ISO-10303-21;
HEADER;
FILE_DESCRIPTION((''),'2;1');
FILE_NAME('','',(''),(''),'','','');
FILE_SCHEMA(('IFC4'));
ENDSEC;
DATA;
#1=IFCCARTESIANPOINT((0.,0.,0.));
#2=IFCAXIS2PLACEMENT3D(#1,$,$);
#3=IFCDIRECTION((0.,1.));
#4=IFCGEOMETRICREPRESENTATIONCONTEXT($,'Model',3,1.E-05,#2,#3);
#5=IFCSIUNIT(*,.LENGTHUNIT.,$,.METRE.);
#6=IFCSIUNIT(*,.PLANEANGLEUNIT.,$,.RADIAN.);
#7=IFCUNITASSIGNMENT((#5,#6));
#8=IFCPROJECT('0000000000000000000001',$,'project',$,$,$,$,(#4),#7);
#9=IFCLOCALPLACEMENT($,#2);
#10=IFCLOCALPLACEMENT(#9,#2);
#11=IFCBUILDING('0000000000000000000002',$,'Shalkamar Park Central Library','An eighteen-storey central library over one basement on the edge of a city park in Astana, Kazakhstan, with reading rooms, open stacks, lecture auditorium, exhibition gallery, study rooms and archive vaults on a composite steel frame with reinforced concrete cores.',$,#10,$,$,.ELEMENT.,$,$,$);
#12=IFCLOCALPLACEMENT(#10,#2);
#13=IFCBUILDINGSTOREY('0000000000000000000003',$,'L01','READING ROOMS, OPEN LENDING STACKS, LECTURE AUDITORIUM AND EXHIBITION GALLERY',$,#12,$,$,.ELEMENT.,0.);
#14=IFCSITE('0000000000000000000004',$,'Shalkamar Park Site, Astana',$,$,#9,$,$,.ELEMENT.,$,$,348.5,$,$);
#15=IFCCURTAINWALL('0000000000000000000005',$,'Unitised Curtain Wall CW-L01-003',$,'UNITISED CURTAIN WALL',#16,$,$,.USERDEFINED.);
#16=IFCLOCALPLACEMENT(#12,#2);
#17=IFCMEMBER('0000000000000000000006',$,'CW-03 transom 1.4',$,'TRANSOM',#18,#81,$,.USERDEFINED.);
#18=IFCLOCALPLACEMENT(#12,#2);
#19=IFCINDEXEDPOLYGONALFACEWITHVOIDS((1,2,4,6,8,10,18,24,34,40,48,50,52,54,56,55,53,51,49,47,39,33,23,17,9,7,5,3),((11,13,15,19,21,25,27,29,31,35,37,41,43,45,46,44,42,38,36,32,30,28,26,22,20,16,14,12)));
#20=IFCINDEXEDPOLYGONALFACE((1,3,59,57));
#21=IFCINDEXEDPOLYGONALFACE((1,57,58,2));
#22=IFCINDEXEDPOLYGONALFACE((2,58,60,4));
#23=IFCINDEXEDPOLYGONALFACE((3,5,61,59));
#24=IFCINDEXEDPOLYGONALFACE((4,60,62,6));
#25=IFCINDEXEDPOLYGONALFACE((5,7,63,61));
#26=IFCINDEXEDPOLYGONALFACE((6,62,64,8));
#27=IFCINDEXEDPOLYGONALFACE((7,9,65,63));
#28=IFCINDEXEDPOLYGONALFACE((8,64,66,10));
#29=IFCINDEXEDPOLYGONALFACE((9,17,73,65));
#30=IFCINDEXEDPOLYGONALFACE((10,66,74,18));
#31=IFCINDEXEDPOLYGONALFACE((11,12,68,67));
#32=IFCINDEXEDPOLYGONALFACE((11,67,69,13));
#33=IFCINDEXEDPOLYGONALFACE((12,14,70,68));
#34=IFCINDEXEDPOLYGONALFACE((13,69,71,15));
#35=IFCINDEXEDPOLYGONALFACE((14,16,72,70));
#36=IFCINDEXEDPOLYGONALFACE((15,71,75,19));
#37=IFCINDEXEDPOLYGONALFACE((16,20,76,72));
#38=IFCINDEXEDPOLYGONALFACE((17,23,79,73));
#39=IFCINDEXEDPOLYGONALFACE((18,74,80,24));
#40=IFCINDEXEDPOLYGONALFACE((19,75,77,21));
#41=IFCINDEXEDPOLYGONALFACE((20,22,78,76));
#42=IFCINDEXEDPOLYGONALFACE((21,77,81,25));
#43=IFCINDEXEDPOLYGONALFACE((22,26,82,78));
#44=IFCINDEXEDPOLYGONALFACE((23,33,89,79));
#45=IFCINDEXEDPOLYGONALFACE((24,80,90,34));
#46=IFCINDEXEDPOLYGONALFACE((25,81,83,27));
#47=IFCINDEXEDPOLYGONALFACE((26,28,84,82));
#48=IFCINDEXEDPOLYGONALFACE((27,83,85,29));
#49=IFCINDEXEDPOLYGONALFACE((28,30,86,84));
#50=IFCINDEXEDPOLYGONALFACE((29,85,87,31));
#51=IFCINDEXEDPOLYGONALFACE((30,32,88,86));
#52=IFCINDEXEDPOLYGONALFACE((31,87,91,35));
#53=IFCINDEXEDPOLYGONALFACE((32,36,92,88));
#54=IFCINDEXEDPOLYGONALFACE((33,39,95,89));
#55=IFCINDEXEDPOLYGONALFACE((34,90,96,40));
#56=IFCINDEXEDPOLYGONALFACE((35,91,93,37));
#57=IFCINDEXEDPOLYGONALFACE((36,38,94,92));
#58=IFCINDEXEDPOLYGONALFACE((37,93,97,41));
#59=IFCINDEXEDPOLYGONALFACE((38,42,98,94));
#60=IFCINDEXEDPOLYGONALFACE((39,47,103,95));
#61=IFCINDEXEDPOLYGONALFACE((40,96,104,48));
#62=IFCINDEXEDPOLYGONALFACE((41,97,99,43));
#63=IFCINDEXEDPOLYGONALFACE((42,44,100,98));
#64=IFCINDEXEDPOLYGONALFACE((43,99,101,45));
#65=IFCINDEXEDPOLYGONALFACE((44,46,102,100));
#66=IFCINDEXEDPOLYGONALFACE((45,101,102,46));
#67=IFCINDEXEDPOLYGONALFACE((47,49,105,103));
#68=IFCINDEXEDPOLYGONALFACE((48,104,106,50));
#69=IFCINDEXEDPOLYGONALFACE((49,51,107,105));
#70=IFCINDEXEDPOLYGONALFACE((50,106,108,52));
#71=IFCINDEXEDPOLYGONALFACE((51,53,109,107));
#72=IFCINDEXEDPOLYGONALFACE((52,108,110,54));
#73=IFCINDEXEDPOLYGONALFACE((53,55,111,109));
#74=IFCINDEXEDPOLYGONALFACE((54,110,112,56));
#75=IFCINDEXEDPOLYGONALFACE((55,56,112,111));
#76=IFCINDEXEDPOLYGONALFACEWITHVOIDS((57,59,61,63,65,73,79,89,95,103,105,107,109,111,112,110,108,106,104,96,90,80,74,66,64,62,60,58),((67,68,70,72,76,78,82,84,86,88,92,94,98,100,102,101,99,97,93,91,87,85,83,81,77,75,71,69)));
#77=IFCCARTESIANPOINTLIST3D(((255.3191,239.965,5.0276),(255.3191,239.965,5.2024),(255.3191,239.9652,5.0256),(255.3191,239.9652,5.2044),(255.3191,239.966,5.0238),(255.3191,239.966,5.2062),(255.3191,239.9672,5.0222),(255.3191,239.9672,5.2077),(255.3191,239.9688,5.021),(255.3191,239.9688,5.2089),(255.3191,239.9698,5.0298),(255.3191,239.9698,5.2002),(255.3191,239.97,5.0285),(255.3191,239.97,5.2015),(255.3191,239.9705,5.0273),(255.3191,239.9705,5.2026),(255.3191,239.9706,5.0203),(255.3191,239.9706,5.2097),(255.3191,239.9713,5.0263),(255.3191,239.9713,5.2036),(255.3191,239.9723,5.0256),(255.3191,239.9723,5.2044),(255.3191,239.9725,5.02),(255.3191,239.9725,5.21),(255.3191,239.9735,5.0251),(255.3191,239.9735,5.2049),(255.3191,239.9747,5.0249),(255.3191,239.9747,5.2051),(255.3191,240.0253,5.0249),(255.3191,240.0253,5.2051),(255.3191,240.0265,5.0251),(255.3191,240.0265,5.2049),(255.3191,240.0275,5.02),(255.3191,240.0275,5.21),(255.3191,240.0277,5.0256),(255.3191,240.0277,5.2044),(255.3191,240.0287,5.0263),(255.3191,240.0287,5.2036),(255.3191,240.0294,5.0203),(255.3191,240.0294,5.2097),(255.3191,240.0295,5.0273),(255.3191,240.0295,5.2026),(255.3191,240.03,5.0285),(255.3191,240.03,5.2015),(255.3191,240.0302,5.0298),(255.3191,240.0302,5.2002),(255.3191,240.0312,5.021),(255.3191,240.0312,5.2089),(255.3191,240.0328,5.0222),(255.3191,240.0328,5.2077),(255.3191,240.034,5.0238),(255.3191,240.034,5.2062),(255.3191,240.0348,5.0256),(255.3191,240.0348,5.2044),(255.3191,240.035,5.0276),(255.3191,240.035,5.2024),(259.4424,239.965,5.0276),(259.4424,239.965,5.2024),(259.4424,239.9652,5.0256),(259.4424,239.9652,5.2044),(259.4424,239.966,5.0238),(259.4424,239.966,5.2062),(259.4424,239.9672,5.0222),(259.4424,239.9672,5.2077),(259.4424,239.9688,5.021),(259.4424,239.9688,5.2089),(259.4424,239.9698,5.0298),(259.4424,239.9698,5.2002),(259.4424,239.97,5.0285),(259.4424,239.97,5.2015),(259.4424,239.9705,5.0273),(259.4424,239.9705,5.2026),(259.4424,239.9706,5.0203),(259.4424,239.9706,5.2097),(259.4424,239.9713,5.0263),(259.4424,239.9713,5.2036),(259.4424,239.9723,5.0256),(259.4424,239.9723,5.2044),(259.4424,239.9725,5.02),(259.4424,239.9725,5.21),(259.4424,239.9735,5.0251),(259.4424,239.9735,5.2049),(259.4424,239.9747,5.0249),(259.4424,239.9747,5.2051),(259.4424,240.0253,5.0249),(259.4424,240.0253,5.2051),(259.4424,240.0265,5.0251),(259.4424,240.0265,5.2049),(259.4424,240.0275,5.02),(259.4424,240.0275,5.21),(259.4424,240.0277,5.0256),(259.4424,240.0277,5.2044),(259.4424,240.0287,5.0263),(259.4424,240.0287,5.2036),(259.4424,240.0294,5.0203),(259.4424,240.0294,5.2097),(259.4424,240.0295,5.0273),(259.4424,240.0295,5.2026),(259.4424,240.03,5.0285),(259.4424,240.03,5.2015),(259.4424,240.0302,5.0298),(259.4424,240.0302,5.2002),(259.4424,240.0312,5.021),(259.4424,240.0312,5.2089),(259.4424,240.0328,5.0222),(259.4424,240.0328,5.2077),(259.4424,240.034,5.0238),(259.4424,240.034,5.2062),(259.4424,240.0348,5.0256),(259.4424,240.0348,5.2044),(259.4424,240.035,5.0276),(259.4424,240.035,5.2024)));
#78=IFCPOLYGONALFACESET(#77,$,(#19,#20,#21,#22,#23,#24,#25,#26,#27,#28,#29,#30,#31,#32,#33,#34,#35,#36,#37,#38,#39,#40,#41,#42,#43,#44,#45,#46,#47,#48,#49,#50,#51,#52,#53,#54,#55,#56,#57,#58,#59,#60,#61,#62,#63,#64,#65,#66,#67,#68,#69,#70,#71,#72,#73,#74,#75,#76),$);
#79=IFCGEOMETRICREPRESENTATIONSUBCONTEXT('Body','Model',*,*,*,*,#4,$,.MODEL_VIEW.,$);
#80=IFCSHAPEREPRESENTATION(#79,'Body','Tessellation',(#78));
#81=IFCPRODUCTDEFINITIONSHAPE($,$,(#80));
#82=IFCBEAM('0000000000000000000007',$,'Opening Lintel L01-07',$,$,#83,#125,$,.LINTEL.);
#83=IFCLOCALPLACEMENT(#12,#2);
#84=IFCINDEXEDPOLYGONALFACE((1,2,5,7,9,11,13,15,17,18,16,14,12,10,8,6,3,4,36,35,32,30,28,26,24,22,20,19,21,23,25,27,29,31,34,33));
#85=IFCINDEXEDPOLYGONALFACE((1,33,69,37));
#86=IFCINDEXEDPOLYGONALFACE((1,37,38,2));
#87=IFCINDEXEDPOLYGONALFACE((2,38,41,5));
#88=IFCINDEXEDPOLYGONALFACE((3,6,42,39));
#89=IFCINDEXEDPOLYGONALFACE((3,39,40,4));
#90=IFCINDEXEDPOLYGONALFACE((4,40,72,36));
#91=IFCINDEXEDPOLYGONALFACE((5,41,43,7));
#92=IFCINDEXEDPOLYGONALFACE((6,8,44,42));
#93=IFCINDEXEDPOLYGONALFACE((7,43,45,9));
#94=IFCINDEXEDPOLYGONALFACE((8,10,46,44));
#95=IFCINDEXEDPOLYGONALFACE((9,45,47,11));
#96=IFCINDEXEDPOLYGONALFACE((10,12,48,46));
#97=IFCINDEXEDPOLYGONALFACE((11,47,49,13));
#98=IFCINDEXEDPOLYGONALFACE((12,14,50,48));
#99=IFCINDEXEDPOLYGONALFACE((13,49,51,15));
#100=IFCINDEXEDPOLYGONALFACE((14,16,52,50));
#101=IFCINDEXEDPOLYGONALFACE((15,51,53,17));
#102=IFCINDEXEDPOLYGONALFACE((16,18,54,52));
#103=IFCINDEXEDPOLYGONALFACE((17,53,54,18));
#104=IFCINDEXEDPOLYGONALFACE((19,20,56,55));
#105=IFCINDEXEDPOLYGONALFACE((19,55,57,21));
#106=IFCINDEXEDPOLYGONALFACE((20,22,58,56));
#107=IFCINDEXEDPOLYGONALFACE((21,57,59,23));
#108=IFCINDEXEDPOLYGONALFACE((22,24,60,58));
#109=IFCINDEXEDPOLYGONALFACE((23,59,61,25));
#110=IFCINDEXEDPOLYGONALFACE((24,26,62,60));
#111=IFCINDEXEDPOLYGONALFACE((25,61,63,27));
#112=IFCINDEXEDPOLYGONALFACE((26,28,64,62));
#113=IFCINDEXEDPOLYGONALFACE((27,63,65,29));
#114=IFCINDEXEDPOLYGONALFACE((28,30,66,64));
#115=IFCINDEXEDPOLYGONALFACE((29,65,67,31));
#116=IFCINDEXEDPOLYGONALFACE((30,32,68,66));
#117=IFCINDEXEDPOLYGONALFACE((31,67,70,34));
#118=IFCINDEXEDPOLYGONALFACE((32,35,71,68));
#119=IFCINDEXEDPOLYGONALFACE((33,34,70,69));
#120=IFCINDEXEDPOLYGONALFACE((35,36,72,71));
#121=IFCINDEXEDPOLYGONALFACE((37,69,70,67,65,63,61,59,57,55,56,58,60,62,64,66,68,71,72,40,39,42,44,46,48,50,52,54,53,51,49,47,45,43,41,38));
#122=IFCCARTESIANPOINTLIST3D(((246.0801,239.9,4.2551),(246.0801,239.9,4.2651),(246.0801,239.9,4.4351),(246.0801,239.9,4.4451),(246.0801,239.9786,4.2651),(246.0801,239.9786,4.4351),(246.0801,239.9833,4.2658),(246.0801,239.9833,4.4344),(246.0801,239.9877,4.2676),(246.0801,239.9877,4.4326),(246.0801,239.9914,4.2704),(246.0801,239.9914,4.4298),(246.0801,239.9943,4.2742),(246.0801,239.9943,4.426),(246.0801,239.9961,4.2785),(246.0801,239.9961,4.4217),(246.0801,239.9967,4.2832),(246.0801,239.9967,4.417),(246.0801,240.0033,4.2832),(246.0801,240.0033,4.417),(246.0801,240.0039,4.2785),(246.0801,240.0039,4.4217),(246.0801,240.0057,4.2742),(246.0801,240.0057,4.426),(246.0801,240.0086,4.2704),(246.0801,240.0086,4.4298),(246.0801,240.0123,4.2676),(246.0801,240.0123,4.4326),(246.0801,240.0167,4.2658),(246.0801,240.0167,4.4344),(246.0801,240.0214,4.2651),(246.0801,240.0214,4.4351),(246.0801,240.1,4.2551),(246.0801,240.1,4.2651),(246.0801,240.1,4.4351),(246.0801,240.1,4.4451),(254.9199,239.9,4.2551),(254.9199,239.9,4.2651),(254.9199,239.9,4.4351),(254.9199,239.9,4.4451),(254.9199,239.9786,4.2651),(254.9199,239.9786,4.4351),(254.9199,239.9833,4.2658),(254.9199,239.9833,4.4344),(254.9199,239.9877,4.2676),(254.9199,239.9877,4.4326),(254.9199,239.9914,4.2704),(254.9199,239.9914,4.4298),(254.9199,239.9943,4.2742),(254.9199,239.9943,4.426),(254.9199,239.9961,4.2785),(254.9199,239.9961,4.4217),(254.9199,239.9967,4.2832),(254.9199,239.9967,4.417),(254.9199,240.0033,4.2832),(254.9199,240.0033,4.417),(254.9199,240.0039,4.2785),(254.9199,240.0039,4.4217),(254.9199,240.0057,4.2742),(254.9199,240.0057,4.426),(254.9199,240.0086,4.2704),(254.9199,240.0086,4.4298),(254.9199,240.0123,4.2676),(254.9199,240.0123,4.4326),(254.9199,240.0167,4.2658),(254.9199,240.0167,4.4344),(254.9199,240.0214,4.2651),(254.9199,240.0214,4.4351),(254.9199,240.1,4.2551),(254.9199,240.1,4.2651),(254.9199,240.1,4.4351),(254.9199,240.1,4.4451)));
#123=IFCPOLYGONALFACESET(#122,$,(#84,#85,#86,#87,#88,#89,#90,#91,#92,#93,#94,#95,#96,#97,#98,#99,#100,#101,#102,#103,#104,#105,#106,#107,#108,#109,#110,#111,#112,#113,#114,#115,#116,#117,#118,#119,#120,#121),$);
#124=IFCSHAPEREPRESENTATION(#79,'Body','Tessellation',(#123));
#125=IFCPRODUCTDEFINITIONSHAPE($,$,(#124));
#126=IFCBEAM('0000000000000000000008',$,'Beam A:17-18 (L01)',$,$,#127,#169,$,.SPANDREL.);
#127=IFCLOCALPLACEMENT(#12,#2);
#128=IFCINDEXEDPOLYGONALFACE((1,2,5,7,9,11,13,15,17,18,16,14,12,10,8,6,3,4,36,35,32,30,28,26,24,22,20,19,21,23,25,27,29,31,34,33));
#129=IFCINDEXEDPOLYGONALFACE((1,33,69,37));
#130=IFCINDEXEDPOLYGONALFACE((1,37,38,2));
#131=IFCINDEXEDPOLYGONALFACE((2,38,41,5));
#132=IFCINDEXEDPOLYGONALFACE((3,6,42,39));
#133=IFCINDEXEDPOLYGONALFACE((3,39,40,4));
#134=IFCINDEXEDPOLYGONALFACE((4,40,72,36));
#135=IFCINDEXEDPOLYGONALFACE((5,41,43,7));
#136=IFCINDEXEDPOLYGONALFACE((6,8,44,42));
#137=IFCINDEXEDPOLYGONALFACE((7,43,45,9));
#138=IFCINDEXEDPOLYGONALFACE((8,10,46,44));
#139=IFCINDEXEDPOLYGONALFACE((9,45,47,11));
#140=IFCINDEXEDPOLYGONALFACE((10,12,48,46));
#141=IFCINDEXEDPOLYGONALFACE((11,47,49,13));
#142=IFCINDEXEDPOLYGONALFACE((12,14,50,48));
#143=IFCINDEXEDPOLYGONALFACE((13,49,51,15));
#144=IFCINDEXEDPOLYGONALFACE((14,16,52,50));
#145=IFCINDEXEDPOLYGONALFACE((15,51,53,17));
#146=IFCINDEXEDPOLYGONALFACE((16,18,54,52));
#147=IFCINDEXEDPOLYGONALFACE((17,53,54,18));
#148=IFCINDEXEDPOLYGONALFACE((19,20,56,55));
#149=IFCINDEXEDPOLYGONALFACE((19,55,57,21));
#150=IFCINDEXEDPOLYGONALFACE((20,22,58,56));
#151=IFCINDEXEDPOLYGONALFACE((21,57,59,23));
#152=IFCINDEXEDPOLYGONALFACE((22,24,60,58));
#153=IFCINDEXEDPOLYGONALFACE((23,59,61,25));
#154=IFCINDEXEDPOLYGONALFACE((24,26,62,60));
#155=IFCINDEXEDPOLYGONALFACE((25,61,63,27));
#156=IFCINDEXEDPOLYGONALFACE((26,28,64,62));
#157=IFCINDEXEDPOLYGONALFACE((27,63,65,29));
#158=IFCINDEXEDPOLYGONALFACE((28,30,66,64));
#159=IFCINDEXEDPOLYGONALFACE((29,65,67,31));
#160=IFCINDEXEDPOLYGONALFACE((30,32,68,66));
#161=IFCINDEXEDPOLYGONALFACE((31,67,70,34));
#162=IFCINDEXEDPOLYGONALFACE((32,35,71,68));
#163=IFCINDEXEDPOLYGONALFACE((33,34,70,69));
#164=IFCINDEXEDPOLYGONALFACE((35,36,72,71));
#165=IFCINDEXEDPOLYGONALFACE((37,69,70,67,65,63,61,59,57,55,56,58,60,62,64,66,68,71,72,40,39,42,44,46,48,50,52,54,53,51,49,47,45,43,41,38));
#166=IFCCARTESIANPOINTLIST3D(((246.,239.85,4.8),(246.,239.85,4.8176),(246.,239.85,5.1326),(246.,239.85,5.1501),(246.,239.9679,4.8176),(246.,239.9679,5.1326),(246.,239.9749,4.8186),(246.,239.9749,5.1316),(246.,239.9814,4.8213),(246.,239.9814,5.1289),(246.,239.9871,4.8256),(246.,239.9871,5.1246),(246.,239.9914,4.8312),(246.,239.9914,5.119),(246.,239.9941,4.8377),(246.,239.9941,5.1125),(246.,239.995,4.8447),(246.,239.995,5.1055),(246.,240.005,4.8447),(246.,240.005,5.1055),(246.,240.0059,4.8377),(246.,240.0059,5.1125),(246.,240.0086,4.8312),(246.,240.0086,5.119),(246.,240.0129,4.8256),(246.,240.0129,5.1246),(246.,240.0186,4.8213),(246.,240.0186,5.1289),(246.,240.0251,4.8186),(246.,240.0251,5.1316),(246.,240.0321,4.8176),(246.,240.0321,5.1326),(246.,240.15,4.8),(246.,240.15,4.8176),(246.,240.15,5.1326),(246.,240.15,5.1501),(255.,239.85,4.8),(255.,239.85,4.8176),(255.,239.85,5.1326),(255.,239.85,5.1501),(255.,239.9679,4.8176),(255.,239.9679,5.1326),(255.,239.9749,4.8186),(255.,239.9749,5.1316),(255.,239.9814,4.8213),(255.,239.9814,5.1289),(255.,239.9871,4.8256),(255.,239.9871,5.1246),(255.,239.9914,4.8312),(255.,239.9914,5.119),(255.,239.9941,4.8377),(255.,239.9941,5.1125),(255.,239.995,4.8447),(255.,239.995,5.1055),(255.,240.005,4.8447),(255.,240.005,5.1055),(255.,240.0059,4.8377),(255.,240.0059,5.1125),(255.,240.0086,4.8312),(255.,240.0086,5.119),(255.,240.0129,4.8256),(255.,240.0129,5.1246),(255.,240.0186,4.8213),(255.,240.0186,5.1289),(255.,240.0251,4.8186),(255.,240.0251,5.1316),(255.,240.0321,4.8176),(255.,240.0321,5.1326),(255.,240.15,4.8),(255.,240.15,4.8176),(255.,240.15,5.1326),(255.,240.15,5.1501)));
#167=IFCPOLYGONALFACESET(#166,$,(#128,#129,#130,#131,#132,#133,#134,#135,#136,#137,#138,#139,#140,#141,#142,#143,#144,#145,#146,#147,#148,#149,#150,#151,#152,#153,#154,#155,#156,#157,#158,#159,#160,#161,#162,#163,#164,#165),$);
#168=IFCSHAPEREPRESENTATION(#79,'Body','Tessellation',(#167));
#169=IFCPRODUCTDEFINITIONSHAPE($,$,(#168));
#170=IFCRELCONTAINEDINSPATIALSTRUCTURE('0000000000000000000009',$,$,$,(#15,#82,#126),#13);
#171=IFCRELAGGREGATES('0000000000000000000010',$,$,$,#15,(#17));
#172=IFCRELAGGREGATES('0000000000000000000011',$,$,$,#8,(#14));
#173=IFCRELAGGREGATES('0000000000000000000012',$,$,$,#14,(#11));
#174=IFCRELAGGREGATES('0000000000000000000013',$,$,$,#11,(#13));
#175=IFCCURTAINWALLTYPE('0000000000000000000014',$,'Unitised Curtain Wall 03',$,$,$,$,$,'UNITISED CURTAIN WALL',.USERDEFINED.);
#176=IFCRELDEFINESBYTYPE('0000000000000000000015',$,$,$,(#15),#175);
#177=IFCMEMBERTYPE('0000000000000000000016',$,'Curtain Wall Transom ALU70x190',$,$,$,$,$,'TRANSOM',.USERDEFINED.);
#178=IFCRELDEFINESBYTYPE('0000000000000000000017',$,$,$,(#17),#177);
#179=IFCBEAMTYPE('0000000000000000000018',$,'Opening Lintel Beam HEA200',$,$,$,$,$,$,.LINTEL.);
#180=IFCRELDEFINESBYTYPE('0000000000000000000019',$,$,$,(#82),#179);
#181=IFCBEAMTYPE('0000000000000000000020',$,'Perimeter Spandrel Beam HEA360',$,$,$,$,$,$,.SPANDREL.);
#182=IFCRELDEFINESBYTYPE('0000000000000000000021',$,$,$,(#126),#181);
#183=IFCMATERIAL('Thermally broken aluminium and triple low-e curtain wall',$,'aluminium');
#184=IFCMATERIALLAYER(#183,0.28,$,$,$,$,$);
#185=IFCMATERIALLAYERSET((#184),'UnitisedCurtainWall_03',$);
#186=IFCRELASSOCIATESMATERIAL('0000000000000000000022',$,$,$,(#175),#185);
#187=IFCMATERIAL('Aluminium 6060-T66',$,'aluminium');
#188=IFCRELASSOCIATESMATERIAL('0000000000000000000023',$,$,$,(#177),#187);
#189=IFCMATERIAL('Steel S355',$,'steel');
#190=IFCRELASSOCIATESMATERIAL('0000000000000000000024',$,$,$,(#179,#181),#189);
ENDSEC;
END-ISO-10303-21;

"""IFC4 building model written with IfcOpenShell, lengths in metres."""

from ifc_helpers import new_model, si_unit, direction, frame, origin, origin_2d, place, context, subcontext, project, spatial, hollow_rectangle, i_section, extrude, material, layer, layer_set, material_profile, profile_set, type_object, element, aggregate, save


model = new_model("IFC4")

# Units and contexts
model_context = context("Model", 3, precision=1e-05, world=origin(), true_north=direction((0.0, 1.0)))
body_context = subcontext(model_context, "Body", "Model", "MODEL_VIEW")
ifc_project = project(units=[si_unit("LENGTHUNIT", "METRE"), si_unit("PLANEANGLEUNIT", "RADIAN")], contexts=[model_context])

# Site, building, storey
site_placement = place(None, origin())
site = spatial("IfcSite", under=ifc_project, at=site_placement, Name="Shalkamar Park Site, Astana", CompositionType="ELEMENT", RefElevation=348.5)
building_placement = place(site_placement, origin())
building = spatial("IfcBuilding", under=site, at=building_placement, Name="Shalkamar Park Central Library", Description="An eighteen-storey central library over one basement on the edge of a city park in Astana, Kazakhstan, with reading rooms, open stacks, lecture auditorium, exhibition gallery, study rooms and archive vaults on a composite steel frame with reinforced concrete cores.", CompositionType="ELEMENT")
storey_placement = place(building_placement, origin())
storey = spatial("IfcBuildingStorey", under=building, at=storey_placement, Name="L01", Description="READING ROOMS, OPEN LENDING STACKS, LECTURE AUDITORIUM AND EXHIBITION GALLERY", CompositionType="ELEMENT", Elevation=0.0)

# Shared definitions
ifc_material_1 = material(Name="Steel S355", Category="steel")

# Shared definitions
ifc_material_2 = material(Name="Thermally broken aluminium and triple low-e curtain wall", Category="aluminium")
ifc_material_3 = material(Name="Aluminium 6060-T66", Category="aluminium")

# Curtain wall
ifc_layer_1 = layer(ifc_material_2, 0.28)
ifc_layer_set_1 = layer_set([ifc_layer_1], Name="UnitisedCurtainWall_03")
curtain_wall_type_1 = type_object("IfcCurtainWallType", Name="Unitised Curtain Wall 03", ElementType="UNITISED CURTAIN WALL", PredefinedType="USERDEFINED", material=ifc_layer_set_1)
curtain_wall_1_placement = place(storey_placement, origin())
curtain_wall_1 = element("IfcCurtainWall", 1, at=curtain_wall_1_placement, inside=storey, type_object=curtain_wall_type_1, Name="Unitised Curtain Wall CW-L01-003", ObjectType="UNITISED CURTAIN WALL", PredefinedType="USERDEFINED")

# Member
ifc_material_profile_1 = material_profile(ifc_material_3, hollow_rectangle(XDim=0.0701, YDim=0.1899, WallThickness=0.0049, InnerFilletRadius=0.0049, OuterFilletRadius=0.0076, at=origin_2d()), Name="ALU 70x190x5")
ifc_profile_set_1 = profile_set([ifc_material_profile_1], Name="Aluminium 6060-T66")
member_type_1 = type_object("IfcMemberType", Name="Curtain Wall Transom ALU70x190", ElementType="TRANSOM", PredefinedType="USERDEFINED", material=ifc_profile_set_1)
member_1_placement = place(storey_placement, frame((255.3191, 240.0, 5.115), z_axis=(1.0, 0.0, 0.0), x_axis=(0.0, 1.0, 0.0)))
member_1 = element("IfcMember", 2, at=member_1_placement, type_object=member_type_1, Name="CW-03 transom 1.4", ObjectType="TRANSOM", PredefinedType="USERDEFINED", context=body_context, shape_type="SweptSolid", body=[
    extrude(hollow_rectangle(XDim=0.0701, YDim=0.1899, WallThickness=0.0049, InnerFilletRadius=0.0049, OuterFilletRadius=0.0076, at=origin_2d()), origin(), (0.0, 0.0, 1.0), 4.1233),
])

# Beams
ifc_material_profile_2 = material_profile(ifc_material_1, i_section(OverallWidth=0.2, OverallDepth=0.1899, WebThickness=0.0066, FlangeThickness=0.01, FilletRadius=0.0181, at=origin_2d()), Name="HEA 200")
ifc_profile_set_2 = profile_set([ifc_material_profile_2], Name="Steel S355")
beam_type_1 = type_object("IfcBeamType", Name="Opening Lintel Beam HEA200", PredefinedType="LINTEL", material=ifc_profile_set_2)
beam_placement = place(storey_placement, frame((246.0801, 240.0, 4.3501), z_axis=(1.0, 0.0, 0.0), x_axis=(0.0, 1.0, 0.0)))
element("IfcBeam", 3, at=beam_placement, inside=storey, type_object=beam_type_1, Name="Opening Lintel L01-07", PredefinedType="LINTEL", context=body_context, shape_type="SweptSolid", body=[
    extrude(i_section(OverallWidth=0.2, OverallDepth=0.1899, WebThickness=0.0066, FlangeThickness=0.01, FilletRadius=0.0181, at=origin_2d()), origin(), (0.0, 0.0, 1.0), 8.8398),
])
ifc_material_profile_3 = material_profile(ifc_material_1, i_section(OverallWidth=0.3, OverallDepth=0.3501, WebThickness=0.01, FlangeThickness=0.0176, FilletRadius=0.0271, at=origin_2d()), Name="HEA 360")
ifc_profile_set_3 = profile_set([ifc_material_profile_3], Name="Steel S355")
beam_type_2 = type_object("IfcBeamType", Name="Perimeter Spandrel Beam HEA360", PredefinedType="SPANDREL", material=ifc_profile_set_3)
for number, where, z_axis, x_axis, name in (
    (4, (246.0, 240.0, 4.9751), (1.0, 0.0, 0.0), (0.0, 1.0, 0.0), "Beam A:17-18 (L01)"),
):
    element("IfcBeam", number, at=place(storey_placement, frame(where, z_axis=z_axis, x_axis=x_axis)), inside=storey, type_object=beam_type_2, Name=name, PredefinedType="SPANDREL", context=body_context, shape_type="SweptSolid", body=[
        extrude(i_section(OverallWidth=0.3, OverallDepth=0.3501, WebThickness=0.01, FlangeThickness=0.0176, FilletRadius=0.0271, at=origin_2d()), origin(), (0.0, 0.0, 1.0), 9.0),
    ])

aggregate(curtain_wall_1, [member_1])

save(model, "model.ifc")
